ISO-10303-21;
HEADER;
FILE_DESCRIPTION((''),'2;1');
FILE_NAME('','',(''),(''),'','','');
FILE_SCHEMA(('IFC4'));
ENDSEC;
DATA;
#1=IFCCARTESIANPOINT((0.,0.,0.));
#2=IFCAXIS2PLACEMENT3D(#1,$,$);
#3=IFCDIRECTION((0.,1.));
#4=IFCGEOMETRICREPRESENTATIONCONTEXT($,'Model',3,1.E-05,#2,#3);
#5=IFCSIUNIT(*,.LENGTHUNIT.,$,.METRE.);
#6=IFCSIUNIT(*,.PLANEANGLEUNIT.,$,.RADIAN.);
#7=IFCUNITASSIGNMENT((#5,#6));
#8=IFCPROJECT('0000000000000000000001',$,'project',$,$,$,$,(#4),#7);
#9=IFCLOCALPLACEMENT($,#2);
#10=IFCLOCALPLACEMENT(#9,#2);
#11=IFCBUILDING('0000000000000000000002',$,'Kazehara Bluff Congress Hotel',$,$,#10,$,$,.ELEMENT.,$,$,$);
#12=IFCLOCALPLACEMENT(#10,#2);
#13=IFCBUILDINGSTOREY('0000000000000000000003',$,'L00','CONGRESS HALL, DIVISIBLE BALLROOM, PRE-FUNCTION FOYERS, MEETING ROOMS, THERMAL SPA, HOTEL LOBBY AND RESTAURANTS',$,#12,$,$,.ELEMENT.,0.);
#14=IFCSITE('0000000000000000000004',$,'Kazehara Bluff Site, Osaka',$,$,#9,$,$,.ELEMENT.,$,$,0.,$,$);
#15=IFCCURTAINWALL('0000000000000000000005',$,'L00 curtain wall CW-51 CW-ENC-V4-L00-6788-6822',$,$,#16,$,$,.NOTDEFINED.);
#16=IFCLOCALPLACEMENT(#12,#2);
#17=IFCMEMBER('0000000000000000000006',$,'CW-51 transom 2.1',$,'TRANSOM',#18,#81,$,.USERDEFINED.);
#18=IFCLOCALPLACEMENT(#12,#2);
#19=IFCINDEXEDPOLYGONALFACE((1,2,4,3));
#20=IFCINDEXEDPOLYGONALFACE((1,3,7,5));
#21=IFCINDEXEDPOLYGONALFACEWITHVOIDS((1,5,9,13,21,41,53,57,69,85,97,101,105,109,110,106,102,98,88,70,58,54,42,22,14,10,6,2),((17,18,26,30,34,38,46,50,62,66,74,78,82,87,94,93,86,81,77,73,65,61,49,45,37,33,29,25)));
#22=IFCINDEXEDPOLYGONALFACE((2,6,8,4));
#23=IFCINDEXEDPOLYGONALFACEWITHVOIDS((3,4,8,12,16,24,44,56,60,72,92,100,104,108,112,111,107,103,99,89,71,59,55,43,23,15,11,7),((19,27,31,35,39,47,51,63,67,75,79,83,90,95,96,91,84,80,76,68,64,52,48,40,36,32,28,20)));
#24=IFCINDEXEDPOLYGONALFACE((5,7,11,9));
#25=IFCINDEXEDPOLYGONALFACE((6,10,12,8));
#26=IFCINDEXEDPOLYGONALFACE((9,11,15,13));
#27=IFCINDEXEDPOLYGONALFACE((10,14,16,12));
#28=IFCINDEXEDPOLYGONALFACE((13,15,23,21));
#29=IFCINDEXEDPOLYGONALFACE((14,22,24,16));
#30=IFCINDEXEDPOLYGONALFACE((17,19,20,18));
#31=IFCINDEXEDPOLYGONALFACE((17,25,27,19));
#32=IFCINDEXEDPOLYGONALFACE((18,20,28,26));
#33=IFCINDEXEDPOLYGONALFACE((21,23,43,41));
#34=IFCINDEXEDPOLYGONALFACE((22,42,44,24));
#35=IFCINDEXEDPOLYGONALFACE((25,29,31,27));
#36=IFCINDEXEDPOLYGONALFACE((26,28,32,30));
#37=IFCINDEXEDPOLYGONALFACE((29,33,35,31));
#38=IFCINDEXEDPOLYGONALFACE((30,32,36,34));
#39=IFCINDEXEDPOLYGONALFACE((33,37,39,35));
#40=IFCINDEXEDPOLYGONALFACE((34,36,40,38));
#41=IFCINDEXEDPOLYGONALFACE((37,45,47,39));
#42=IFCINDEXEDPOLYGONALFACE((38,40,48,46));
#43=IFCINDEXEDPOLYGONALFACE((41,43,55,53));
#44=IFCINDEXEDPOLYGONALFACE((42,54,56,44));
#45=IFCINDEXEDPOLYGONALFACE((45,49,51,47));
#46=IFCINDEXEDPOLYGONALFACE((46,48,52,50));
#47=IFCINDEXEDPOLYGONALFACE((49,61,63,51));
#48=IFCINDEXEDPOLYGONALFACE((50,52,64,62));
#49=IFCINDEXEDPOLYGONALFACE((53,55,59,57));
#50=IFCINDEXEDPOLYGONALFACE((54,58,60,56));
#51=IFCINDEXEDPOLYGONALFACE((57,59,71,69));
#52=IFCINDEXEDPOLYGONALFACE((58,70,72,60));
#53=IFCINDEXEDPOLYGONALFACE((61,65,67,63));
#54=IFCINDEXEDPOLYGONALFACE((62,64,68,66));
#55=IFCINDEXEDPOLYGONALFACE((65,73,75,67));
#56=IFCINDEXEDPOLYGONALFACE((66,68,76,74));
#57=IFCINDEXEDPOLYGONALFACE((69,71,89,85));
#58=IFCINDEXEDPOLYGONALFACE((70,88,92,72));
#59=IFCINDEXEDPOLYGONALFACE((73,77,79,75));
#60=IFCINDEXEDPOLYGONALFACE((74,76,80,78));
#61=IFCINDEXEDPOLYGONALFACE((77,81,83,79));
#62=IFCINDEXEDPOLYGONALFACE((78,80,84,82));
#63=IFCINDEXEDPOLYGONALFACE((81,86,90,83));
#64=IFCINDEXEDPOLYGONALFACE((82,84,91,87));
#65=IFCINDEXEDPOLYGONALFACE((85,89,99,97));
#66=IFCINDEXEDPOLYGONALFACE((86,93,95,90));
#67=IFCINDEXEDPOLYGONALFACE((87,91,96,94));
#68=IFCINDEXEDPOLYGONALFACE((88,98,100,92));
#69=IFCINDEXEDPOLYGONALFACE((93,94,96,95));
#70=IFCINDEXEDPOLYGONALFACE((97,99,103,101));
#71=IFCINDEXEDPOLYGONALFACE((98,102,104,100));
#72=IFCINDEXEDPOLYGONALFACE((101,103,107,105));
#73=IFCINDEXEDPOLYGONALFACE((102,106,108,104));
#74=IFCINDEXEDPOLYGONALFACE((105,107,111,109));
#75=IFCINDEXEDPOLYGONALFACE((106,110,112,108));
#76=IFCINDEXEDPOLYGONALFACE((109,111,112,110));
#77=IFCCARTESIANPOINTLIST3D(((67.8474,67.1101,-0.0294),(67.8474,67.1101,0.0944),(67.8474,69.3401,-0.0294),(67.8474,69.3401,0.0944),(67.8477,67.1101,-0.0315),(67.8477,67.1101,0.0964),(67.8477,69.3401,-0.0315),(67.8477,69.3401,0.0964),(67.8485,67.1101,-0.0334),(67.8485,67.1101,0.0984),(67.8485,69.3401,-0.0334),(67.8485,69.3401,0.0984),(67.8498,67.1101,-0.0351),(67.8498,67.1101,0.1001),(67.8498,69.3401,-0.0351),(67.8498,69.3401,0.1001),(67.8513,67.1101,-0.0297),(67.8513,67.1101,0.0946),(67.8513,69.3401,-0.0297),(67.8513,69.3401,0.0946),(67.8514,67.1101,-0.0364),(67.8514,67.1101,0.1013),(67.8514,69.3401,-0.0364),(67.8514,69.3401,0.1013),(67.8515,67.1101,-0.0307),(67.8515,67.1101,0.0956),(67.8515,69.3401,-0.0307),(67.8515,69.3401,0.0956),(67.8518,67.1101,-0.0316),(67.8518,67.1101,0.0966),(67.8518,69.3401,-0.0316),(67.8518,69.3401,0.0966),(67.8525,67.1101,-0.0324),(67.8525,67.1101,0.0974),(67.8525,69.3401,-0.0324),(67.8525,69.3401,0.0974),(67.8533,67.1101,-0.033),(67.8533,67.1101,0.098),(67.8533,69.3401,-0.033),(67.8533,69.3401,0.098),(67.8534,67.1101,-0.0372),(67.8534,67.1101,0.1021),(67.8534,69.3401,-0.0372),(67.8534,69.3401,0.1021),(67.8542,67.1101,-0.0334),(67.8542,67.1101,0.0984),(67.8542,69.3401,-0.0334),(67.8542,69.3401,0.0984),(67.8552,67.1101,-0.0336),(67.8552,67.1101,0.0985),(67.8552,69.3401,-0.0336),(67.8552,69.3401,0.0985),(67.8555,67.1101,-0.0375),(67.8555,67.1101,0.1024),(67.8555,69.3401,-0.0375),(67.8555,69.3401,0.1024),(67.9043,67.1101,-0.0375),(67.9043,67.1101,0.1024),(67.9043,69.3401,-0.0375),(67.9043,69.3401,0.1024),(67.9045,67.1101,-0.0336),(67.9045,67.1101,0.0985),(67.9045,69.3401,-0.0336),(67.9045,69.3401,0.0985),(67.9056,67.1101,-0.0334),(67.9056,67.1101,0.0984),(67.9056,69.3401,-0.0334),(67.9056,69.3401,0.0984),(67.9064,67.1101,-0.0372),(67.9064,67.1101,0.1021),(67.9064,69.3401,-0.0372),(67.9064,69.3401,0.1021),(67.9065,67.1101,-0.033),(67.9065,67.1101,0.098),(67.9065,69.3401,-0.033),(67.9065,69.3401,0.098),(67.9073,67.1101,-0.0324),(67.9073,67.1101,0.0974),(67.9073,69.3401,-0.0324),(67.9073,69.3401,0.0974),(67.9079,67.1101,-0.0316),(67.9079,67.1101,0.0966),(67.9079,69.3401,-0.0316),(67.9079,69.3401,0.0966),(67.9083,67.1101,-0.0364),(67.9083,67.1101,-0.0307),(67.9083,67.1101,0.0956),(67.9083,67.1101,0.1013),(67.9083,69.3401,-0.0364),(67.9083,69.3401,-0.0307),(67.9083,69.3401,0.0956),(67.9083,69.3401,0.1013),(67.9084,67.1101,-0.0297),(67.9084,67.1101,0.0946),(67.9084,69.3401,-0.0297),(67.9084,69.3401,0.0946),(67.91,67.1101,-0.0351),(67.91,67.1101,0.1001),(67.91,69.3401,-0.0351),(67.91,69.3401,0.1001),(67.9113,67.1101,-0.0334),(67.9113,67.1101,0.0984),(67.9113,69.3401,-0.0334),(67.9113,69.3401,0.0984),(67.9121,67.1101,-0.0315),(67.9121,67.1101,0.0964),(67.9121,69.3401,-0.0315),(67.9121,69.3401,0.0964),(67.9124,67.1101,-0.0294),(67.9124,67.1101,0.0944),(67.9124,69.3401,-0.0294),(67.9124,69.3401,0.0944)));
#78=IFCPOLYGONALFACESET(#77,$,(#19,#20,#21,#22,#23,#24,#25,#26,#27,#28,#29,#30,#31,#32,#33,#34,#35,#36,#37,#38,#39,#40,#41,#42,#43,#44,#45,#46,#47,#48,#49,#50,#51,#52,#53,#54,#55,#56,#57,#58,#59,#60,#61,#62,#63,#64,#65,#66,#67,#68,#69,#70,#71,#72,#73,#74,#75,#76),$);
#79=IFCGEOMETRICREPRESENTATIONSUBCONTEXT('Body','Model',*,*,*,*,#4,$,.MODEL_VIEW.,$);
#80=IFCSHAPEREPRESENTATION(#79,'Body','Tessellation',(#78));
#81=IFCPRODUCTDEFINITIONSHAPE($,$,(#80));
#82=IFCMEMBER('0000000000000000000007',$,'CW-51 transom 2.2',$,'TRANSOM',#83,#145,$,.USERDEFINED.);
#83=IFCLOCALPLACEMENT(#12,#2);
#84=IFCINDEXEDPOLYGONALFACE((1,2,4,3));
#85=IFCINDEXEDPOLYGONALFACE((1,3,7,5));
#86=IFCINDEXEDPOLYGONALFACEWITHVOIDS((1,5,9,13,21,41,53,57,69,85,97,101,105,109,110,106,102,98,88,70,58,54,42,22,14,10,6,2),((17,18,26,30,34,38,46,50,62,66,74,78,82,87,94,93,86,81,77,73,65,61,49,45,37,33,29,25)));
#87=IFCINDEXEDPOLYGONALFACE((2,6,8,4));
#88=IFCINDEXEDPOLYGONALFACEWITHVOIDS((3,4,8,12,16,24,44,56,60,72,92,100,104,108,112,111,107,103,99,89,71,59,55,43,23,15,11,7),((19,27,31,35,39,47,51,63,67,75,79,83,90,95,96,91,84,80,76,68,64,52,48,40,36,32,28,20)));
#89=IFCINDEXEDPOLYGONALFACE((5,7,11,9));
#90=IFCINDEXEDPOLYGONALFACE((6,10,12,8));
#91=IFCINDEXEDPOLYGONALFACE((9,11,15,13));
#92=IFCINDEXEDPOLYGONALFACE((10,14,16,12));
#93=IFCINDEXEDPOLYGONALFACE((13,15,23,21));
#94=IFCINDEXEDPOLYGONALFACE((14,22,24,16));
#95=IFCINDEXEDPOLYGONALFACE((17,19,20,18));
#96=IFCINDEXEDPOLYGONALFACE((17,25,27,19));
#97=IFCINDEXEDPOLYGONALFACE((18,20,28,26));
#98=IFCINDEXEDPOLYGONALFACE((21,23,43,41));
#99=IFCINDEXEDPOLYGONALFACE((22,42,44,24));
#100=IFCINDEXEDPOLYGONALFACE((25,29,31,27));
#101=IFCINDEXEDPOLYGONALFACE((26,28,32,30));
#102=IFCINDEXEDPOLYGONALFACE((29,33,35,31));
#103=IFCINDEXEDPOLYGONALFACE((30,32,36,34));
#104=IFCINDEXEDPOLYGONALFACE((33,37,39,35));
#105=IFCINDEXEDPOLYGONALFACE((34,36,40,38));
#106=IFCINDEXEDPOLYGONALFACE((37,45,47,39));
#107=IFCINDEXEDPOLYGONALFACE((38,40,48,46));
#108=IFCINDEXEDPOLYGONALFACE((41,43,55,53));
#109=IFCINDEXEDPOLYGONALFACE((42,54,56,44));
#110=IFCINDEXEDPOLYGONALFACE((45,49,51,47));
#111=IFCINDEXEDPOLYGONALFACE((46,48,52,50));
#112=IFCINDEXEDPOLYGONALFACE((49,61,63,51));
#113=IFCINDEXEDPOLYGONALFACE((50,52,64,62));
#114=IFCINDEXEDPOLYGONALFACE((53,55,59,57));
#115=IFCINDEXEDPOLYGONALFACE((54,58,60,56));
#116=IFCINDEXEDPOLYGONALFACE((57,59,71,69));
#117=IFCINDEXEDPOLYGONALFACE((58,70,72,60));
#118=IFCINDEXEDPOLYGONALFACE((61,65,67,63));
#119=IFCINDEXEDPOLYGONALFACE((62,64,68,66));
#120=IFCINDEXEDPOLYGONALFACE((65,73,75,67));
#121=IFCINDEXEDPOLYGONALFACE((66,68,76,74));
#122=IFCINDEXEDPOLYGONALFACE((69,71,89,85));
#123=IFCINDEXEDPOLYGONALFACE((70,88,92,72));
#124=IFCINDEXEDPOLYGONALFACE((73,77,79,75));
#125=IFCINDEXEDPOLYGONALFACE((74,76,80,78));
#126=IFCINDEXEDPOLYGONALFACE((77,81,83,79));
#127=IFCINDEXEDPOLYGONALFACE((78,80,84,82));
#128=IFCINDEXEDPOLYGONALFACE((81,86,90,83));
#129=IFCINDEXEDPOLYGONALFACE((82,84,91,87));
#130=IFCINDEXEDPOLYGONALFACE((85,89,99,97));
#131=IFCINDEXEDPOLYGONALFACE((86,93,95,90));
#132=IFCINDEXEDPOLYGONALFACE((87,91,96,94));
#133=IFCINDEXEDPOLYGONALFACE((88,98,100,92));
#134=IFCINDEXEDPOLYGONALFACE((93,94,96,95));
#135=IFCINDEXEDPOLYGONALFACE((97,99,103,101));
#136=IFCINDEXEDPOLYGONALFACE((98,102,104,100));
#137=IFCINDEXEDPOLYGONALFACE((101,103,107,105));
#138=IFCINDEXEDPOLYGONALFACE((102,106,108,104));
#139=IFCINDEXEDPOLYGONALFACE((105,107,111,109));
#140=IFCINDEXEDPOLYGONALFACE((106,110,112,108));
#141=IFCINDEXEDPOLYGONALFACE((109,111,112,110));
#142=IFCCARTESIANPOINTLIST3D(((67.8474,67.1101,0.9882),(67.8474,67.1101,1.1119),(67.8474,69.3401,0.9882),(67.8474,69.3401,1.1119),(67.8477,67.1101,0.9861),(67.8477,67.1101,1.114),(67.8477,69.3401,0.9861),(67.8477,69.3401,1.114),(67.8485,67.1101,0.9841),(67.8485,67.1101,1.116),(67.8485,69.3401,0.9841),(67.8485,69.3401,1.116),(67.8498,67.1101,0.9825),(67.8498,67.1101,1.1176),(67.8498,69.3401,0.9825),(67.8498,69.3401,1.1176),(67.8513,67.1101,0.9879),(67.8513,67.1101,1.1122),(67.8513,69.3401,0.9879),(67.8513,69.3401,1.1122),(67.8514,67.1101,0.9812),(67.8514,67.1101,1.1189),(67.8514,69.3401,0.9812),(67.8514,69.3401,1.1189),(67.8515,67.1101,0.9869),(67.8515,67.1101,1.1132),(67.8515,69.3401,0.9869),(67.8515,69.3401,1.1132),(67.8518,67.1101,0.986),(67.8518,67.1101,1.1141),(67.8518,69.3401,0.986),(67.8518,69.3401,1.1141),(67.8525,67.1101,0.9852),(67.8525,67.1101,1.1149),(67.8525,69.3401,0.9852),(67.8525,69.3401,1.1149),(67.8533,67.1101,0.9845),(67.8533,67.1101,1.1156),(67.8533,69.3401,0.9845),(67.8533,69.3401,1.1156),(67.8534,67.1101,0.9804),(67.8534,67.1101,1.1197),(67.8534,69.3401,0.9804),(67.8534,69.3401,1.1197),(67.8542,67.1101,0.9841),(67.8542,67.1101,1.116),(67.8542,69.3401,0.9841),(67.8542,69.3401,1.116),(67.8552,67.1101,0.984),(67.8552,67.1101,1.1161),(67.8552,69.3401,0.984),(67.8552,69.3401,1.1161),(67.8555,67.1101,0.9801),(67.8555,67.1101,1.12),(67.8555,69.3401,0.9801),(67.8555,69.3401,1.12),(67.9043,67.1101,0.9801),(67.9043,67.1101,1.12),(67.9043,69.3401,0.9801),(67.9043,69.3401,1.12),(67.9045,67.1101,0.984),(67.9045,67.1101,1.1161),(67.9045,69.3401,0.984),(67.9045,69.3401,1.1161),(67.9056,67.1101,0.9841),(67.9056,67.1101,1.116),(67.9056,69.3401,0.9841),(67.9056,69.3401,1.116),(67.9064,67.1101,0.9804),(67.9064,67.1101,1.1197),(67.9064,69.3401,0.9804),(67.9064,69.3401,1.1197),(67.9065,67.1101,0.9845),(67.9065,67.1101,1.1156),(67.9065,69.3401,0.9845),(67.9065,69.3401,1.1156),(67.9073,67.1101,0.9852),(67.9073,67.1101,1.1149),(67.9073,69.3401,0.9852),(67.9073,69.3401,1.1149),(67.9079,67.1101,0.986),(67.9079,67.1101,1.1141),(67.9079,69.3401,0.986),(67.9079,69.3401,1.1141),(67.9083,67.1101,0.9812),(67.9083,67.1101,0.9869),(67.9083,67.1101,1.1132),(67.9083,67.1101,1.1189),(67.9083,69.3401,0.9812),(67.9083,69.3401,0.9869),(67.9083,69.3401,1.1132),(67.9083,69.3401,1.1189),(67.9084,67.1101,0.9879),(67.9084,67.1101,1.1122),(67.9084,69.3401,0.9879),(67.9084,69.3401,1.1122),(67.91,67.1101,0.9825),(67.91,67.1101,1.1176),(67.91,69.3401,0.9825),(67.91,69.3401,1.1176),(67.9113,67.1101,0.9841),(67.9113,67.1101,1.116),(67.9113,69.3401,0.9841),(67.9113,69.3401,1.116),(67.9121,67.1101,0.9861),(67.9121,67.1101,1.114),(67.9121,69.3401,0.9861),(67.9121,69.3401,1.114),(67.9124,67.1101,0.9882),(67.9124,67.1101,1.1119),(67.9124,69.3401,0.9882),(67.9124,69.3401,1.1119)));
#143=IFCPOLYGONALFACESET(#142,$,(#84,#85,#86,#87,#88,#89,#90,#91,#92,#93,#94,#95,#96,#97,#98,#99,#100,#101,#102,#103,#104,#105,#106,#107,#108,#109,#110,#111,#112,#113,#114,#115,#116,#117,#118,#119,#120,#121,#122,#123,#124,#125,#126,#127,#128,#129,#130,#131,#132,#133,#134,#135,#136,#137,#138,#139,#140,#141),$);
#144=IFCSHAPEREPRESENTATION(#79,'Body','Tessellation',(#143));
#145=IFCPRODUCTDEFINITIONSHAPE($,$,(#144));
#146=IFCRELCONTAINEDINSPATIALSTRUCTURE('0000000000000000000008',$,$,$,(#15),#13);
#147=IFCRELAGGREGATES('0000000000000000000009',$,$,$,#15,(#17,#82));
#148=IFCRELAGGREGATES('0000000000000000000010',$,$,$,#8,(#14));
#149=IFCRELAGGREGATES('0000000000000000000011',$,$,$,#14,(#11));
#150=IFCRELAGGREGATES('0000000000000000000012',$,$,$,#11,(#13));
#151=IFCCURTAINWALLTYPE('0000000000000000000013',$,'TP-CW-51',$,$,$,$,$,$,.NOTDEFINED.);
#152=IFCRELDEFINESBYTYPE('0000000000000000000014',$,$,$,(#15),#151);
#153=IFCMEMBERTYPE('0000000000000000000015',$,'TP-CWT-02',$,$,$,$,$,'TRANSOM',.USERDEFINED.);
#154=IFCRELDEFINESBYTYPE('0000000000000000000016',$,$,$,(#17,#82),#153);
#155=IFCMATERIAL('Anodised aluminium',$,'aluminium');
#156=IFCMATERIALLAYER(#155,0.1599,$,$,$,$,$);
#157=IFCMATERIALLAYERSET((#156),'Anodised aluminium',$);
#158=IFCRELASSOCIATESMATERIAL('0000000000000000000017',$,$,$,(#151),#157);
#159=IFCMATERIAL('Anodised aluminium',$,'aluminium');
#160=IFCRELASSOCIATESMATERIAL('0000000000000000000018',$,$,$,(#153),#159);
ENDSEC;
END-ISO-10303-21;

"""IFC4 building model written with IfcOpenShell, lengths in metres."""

from ifc_helpers import new_model, si_unit, direction, frame, origin, origin_2d, place, context, subcontext, project, spatial, hollow_rectangle, extrude, material, layer, layer_set, material_profile, profile_set, type_object, element, aggregate, save


model = new_model("IFC4")

# Units and contexts
model_context = context("Model", 3, precision=1e-05, world=origin(), true_north=direction((0.0, 1.0)))
body_context = subcontext(model_context, "Body", "Model", "MODEL_VIEW")
ifc_project = project(units=[si_unit("LENGTHUNIT", "METRE"), si_unit("PLANEANGLEUNIT", "RADIAN")], contexts=[model_context])

# Site, building, storey
site_placement = place(None, origin())
site = spatial("IfcSite", under=ifc_project, at=site_placement, Name="Kazehara Bluff Site, Osaka", CompositionType="ELEMENT", RefElevation=0.0)
building_placement = place(site_placement, origin())
building = spatial("IfcBuilding", under=site, at=building_placement, Name="Kazehara Bluff Congress Hotel", CompositionType="ELEMENT")
storey_placement = place(building_placement, origin())
storey = spatial("IfcBuildingStorey", under=building, at=storey_placement, Name="L00", Description="CONGRESS HALL, DIVISIBLE BALLROOM, PRE-FUNCTION FOYERS, MEETING ROOMS, THERMAL SPA, HOTEL LOBBY AND RESTAURANTS", CompositionType="ELEMENT", Elevation=0.0)

# Curtain wall, members
ifc_material_1 = material(Name="Anodised aluminium", Category="aluminium")
ifc_layer_1 = layer(ifc_material_1, 0.1599)
ifc_layer_set_1 = layer_set([ifc_layer_1], Name="Anodised aluminium")
curtain_wall_type = type_object("IfcCurtainWallType", Name="TP-CW-51", PredefinedType="NOTDEFINED", material=ifc_layer_set_1)
curtain_wall_placement = place(storey_placement, origin())
curtain_wall = element("IfcCurtainWall", 1, at=curtain_wall_placement, inside=storey, type_object=curtain_wall_type, Name="L00 curtain wall CW-51 CW-ENC-V4-L00-6788-6822", PredefinedType="NOTDEFINED")
ifc_material_2 = material(Name="Anodised aluminium", Category="aluminium")
ifc_material_profile_1 = material_profile(ifc_material_2, hollow_rectangle(XDim=0.0649, YDim=0.1399, WallThickness=0.0039, InnerFilletRadius=0.0039, OuterFilletRadius=0.0081, at=origin_2d()))
ifc_profile_set_1 = profile_set([ifc_material_profile_1], Name="Anodised aluminium")
member_type_1 = type_object("IfcMemberType", Name="TP-CWT-02", ElementType="TRANSOM", PredefinedType="USERDEFINED", material=ifc_profile_set_1)
member_1_placement = place(storey_placement, frame((67.8799, 69.3401, 0.0325), z_axis=(0.0, -1.0, 0.0), x_axis=(1.0, 0.0, 0.0)))
member_1 = element("IfcMember", 2, at=member_1_placement, type_object=member_type_1, Name="CW-51 transom 2.1", ObjectType="TRANSOM", PredefinedType="USERDEFINED", context=body_context, shape_type="SweptSolid", body=[
    extrude(hollow_rectangle(XDim=0.0649, YDim=0.1399, WallThickness=0.0039, InnerFilletRadius=0.0039, OuterFilletRadius=0.0081, at=origin_2d()), origin(), (0.0, 0.0, 1.0), 2.23),
])
member_2_placement = place(storey_placement, frame((67.8799, 69.3401, 1.05), z_axis=(0.0, -1.0, 0.0), x_axis=(1.0, 0.0, 0.0)))
member_2 = element("IfcMember", 3, at=member_2_placement, type_object=member_type_1, Name="CW-51 transom 2.2", ObjectType="TRANSOM", PredefinedType="USERDEFINED", context=body_context, shape_type="SweptSolid", body=[
    extrude(hollow_rectangle(XDim=0.0649, YDim=0.1399, WallThickness=0.0039, InnerFilletRadius=0.0039, OuterFilletRadius=0.0081, at=origin_2d()), origin(), (0.0, 0.0, 1.0), 2.23),
])

aggregate(curtain_wall, [member_1, member_2])

save(model, "model.ifc")
